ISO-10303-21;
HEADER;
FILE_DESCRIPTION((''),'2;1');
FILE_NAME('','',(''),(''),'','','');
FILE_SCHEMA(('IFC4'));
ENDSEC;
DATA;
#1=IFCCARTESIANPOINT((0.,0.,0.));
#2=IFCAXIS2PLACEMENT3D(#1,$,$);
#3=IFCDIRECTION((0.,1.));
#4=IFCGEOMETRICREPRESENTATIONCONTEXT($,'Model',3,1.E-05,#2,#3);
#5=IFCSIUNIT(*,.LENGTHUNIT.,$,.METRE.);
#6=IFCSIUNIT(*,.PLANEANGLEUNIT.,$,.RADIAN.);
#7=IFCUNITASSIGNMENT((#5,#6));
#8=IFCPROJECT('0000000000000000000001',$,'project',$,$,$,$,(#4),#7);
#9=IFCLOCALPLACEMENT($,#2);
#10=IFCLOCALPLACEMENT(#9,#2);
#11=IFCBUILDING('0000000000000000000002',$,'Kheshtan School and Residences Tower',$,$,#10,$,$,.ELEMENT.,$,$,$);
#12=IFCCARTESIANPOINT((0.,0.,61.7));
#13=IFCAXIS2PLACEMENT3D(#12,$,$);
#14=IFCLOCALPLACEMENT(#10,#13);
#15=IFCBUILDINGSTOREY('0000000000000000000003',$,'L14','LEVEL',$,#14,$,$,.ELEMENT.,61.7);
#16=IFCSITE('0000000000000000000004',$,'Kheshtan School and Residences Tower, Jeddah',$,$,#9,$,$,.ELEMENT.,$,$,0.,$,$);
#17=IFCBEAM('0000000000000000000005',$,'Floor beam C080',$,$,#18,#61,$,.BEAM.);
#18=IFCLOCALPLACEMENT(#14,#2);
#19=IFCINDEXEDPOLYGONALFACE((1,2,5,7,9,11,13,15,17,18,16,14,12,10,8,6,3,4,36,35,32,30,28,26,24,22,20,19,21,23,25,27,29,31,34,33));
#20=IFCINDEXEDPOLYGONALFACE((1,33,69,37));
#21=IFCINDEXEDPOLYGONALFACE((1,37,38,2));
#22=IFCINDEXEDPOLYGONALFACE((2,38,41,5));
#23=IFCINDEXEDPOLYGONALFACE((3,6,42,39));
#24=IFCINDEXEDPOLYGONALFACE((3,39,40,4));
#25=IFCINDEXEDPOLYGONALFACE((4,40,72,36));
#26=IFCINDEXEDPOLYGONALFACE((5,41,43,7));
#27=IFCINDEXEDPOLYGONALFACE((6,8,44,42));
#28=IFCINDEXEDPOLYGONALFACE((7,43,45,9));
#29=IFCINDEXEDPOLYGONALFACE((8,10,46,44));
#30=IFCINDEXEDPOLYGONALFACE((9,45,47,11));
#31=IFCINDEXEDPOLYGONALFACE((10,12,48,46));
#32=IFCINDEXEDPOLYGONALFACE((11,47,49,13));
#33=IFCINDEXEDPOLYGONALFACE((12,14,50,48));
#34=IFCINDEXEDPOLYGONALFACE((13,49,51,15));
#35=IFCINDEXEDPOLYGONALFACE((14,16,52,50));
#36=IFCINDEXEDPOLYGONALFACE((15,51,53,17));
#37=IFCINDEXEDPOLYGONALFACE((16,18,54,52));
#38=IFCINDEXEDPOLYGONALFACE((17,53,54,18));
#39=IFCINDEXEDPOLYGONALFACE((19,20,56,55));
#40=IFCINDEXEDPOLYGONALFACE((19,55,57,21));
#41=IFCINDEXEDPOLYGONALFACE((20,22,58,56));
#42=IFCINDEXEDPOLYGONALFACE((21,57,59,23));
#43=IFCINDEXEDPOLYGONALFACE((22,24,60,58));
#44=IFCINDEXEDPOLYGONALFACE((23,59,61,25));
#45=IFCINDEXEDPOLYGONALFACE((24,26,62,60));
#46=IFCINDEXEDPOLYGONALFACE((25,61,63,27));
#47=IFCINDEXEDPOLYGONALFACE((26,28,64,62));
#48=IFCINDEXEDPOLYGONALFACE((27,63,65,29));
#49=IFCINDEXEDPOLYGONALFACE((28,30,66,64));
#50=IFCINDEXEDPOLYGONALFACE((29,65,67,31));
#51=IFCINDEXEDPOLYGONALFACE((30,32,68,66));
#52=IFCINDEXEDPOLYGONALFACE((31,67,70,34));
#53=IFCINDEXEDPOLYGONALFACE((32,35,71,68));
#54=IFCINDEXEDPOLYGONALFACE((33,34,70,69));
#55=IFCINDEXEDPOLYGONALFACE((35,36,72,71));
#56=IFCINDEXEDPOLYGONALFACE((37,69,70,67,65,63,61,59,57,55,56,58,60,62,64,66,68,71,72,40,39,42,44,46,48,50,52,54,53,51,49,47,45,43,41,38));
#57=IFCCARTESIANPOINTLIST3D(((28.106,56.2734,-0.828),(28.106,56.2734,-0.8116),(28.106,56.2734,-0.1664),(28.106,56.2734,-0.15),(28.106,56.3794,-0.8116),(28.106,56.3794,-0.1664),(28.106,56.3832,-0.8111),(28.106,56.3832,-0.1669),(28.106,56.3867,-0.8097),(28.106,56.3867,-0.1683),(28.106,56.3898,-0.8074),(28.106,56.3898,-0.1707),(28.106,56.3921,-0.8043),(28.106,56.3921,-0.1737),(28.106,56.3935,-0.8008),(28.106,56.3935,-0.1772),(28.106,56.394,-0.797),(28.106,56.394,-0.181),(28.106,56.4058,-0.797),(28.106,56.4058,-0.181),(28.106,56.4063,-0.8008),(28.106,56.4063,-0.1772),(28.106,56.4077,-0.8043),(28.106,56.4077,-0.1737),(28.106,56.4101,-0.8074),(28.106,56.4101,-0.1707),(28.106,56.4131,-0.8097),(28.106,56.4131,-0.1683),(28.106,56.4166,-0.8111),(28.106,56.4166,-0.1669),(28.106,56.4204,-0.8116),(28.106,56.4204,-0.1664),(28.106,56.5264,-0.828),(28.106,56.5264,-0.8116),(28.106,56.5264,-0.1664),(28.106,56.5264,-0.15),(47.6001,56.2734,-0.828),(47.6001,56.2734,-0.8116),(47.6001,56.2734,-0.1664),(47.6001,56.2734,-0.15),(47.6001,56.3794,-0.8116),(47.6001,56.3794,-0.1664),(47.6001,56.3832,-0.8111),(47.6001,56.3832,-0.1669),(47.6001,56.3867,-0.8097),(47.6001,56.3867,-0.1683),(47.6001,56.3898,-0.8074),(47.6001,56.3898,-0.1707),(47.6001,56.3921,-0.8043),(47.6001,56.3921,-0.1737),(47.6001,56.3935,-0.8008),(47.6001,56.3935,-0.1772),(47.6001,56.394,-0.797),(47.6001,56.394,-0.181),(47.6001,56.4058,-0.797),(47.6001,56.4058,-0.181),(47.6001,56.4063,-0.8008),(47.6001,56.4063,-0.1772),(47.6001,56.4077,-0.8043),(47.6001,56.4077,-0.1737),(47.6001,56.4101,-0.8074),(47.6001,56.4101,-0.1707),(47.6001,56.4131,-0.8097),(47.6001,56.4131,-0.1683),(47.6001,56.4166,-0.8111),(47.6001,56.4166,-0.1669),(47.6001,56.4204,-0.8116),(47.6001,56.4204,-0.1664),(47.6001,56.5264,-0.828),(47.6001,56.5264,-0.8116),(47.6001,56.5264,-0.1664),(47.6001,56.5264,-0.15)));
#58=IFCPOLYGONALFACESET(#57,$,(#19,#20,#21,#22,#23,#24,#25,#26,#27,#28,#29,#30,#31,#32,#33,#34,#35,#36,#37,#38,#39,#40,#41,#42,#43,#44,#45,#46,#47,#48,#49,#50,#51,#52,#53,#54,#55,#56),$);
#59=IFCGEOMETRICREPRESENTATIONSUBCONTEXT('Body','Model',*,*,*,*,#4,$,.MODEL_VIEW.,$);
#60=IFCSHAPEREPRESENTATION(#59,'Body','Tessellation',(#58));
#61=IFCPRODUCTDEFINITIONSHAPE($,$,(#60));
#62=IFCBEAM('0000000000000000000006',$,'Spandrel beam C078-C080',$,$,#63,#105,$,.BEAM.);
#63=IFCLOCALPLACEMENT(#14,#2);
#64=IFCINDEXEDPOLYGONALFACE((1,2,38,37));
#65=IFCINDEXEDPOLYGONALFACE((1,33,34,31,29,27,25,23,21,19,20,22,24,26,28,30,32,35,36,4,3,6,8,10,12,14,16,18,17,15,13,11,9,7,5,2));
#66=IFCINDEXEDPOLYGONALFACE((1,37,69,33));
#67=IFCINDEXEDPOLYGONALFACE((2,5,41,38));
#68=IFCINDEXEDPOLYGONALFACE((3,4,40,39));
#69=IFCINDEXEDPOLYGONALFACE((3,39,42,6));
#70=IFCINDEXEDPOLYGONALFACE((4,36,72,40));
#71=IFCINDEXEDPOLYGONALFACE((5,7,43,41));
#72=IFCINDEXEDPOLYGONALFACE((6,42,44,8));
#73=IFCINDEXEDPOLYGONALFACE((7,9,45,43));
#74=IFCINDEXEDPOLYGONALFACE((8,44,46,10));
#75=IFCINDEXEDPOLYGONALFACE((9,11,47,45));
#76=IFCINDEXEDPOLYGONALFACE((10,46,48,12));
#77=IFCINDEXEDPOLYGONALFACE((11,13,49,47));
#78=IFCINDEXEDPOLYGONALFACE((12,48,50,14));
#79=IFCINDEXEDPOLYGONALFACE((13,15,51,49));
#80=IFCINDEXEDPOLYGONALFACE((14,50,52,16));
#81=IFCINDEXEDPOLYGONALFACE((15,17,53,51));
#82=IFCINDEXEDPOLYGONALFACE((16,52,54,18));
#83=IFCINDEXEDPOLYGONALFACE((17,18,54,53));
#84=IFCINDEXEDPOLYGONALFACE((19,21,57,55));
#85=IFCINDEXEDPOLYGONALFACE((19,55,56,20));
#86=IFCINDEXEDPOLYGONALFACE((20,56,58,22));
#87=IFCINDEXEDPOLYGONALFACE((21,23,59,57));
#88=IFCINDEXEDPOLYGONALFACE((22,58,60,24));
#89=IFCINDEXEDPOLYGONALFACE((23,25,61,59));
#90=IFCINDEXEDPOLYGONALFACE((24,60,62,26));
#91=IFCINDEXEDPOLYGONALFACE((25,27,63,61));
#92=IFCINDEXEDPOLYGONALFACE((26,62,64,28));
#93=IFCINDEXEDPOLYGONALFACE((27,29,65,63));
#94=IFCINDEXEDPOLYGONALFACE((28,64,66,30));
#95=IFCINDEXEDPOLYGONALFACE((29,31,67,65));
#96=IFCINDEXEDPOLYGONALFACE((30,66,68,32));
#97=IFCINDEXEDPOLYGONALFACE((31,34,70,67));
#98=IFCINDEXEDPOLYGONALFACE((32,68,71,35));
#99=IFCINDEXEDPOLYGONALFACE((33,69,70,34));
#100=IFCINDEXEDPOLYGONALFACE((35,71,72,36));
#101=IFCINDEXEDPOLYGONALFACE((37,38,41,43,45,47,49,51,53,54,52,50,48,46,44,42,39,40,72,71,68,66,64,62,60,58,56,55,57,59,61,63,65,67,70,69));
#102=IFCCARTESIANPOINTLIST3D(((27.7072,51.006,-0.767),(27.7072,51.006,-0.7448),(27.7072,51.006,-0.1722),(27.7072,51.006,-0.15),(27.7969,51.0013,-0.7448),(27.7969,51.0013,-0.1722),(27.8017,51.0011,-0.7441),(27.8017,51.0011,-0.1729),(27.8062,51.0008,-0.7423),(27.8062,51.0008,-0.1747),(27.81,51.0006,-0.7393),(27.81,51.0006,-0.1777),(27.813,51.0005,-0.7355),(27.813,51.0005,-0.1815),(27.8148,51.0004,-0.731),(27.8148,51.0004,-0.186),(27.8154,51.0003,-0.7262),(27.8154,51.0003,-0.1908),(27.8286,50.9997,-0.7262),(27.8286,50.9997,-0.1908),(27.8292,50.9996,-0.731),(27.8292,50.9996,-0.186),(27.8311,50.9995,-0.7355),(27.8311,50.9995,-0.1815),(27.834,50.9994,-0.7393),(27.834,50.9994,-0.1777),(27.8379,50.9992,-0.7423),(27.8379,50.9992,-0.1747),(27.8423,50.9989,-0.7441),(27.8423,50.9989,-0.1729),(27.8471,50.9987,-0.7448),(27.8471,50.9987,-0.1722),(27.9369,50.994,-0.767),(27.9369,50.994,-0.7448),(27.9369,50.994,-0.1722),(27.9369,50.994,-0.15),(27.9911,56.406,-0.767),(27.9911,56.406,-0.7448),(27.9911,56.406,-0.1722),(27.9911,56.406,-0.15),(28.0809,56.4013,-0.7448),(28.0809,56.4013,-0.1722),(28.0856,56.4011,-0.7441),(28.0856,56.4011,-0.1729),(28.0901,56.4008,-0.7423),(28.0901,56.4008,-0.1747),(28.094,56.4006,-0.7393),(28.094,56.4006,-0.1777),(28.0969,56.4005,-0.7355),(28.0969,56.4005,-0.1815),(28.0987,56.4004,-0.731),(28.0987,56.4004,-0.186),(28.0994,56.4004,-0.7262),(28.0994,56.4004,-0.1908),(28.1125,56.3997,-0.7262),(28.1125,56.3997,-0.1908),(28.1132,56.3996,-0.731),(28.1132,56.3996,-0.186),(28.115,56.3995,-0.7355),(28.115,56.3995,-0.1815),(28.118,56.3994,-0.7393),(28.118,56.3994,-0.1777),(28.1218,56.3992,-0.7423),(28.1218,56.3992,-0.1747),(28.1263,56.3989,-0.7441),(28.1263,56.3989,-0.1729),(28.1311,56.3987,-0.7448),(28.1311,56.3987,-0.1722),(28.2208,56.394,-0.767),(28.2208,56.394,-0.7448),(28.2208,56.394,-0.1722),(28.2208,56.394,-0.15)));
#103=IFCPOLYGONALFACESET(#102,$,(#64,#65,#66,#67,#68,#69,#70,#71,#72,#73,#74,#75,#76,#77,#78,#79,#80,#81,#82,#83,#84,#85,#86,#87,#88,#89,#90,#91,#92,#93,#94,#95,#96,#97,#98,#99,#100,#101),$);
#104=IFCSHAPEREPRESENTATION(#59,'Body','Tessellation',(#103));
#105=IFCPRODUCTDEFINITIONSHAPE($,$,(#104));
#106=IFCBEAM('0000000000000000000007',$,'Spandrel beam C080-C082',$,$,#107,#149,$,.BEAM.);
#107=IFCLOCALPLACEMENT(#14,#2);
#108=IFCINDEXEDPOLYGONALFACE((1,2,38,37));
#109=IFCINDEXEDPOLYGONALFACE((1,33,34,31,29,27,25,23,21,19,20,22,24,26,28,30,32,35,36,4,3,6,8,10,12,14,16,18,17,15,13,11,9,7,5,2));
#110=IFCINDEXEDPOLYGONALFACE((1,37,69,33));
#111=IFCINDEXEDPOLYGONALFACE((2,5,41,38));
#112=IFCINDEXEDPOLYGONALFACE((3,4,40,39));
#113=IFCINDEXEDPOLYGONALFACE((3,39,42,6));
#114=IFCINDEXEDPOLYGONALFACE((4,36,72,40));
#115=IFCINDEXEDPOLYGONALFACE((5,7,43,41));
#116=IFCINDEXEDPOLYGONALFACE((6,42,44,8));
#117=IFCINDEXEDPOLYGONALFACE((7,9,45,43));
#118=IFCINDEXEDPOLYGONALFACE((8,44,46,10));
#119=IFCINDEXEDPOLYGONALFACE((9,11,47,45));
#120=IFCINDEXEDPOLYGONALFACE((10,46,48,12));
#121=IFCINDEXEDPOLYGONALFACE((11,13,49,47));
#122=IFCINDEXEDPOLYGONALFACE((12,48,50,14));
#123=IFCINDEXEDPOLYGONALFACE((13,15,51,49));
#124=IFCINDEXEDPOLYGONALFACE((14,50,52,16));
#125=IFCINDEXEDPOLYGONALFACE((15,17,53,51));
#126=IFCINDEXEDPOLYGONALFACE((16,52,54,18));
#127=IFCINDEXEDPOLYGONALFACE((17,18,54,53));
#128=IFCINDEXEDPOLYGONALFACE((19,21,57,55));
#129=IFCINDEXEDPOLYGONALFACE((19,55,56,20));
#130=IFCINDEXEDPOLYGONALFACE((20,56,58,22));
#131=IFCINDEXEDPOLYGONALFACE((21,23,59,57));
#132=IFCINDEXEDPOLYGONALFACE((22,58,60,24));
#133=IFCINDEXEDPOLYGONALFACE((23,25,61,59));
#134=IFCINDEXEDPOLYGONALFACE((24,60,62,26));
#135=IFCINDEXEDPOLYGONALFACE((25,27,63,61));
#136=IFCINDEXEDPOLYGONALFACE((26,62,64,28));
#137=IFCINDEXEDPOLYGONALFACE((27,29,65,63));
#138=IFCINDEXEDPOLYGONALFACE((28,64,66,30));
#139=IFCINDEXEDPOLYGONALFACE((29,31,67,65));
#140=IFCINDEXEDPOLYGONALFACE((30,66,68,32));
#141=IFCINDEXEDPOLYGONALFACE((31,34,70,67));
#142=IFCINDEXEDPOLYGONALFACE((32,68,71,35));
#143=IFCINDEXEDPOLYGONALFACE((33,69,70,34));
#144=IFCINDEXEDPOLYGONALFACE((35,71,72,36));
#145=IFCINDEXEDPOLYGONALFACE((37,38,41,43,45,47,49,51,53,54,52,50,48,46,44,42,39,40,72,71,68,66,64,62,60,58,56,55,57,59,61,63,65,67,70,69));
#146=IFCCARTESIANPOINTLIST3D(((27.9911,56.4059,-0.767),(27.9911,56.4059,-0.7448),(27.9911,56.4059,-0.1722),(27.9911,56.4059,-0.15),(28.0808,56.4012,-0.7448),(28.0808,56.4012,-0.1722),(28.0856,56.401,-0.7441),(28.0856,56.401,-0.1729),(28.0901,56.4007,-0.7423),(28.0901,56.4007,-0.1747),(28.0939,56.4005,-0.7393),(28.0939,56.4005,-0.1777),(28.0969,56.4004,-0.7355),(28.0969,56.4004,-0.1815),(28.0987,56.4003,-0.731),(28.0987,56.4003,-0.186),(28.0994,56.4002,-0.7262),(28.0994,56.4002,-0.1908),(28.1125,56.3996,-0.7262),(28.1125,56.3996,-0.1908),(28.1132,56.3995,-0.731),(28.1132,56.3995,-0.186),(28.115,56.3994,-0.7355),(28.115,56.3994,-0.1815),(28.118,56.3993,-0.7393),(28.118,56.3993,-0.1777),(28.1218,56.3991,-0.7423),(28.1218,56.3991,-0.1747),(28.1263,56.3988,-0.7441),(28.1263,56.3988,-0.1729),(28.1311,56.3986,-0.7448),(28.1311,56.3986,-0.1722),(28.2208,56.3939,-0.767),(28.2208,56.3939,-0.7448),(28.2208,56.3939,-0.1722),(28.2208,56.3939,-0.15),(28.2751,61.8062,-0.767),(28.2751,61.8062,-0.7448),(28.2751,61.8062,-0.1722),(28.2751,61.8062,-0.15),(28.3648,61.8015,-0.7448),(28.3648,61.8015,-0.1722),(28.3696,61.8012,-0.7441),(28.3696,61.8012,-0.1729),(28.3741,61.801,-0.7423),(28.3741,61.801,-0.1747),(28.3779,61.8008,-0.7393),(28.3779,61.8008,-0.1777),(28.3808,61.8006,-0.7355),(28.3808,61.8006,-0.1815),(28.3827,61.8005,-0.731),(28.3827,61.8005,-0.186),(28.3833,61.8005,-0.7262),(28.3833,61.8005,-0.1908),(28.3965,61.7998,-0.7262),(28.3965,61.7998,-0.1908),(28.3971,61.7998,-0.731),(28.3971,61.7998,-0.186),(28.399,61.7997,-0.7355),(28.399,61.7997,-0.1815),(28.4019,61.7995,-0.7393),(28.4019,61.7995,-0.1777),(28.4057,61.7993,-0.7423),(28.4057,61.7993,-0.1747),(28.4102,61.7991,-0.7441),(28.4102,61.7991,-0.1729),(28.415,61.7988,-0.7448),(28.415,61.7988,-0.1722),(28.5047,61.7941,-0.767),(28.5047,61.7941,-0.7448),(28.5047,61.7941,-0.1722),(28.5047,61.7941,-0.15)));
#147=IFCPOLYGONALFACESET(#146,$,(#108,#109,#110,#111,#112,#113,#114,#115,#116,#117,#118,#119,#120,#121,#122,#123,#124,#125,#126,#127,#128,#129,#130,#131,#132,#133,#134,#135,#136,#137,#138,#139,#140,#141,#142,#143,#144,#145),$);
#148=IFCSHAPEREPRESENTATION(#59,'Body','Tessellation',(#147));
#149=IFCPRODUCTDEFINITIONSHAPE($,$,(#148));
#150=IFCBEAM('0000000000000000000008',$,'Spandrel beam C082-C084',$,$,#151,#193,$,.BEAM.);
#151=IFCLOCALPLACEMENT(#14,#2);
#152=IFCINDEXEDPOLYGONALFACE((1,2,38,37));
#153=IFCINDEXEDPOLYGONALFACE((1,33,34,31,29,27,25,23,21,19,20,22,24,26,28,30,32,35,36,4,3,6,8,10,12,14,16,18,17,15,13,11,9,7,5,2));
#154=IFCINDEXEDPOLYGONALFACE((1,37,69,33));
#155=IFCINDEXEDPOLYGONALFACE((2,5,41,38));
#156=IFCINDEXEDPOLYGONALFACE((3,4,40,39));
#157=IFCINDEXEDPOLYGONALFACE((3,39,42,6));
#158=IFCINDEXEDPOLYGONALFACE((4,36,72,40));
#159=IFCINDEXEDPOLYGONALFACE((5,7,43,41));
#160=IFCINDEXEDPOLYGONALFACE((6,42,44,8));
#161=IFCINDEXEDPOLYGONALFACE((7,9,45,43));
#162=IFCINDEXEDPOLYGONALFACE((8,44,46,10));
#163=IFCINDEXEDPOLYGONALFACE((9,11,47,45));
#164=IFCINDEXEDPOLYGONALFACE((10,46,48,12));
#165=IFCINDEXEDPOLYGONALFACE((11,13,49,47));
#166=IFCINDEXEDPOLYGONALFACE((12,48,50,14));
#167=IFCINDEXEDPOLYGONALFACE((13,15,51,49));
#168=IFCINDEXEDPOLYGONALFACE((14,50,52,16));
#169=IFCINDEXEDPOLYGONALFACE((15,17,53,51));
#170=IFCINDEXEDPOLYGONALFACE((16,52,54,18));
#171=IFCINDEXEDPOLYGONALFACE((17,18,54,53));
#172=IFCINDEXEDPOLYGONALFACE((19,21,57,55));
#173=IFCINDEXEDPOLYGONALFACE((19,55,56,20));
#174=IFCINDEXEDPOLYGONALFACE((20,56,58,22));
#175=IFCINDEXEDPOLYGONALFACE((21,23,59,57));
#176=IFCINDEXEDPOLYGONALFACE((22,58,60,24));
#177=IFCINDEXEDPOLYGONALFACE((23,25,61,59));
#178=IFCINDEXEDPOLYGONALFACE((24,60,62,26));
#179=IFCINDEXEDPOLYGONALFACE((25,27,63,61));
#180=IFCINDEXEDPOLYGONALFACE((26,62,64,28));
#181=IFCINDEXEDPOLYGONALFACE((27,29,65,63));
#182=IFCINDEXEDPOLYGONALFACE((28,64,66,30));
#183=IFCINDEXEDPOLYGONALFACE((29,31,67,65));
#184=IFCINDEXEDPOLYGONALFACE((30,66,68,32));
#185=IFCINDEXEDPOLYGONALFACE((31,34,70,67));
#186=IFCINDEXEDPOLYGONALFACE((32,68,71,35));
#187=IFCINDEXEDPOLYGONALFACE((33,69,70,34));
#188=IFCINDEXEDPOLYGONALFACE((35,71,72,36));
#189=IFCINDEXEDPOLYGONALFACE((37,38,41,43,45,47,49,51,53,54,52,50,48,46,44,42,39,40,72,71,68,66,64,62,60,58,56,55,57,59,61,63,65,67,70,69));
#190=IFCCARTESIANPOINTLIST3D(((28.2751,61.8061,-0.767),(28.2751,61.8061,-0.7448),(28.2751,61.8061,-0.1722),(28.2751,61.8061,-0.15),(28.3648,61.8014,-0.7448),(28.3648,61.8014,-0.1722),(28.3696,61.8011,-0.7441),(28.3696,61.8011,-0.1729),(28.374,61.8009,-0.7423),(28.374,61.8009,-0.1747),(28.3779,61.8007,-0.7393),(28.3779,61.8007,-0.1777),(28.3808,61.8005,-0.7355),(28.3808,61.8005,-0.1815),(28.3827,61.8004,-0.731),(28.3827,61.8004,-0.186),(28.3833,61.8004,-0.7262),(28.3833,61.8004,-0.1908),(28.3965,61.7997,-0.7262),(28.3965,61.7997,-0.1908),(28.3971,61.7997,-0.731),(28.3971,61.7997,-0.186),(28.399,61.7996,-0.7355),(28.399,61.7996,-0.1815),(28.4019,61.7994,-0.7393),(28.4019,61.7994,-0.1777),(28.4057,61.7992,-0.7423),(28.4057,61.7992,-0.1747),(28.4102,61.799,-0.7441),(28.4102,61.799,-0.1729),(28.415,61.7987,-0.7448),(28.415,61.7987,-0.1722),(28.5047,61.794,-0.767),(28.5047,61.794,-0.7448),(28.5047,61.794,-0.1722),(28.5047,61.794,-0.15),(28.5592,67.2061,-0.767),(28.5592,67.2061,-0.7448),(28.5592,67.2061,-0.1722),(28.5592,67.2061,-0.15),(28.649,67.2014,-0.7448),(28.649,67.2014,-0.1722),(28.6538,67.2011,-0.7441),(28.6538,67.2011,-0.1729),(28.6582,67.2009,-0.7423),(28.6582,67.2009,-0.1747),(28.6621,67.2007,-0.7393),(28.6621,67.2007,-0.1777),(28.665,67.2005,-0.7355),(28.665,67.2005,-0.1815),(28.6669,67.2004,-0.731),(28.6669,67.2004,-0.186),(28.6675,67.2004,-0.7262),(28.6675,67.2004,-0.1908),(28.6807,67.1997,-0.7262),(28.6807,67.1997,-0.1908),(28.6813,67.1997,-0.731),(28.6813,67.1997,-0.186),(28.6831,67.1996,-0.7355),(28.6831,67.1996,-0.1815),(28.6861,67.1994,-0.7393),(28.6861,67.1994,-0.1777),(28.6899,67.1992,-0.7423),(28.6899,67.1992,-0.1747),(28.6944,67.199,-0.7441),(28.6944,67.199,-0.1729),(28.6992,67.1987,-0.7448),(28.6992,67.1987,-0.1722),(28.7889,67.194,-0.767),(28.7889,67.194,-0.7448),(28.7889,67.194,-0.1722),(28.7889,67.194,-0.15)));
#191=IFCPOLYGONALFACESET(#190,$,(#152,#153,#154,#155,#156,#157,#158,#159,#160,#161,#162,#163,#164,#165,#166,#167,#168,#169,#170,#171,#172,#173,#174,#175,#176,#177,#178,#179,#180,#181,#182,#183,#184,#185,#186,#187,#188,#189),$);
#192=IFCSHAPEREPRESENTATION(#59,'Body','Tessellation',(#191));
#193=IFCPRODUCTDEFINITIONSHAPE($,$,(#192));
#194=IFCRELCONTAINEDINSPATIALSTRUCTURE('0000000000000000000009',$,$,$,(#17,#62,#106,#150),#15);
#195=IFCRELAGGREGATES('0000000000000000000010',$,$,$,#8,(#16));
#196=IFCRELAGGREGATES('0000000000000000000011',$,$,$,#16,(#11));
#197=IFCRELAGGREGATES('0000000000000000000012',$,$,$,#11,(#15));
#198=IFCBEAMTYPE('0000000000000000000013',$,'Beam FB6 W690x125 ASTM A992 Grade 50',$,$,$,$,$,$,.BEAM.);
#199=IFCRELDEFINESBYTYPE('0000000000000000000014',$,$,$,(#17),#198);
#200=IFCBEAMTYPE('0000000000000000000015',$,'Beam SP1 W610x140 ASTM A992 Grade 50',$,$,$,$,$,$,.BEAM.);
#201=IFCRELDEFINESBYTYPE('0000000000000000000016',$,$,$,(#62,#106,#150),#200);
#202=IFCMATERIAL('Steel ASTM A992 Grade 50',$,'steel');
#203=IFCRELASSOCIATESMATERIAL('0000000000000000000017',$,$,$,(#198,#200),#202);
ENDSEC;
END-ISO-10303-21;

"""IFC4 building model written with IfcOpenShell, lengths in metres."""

from ifc_helpers import new_model, si_unit, direction, frame, origin, origin_2d, place, context, subcontext, project, spatial, i_section, extrude, material, material_profile, profile_set, type_object, element, save


model = new_model("IFC4")

# Units and contexts
model_context = context("Model", 3, precision=1e-05, world=origin(), true_north=direction((0.0, 1.0)))
body_context = subcontext(model_context, "Body", "Model", "MODEL_VIEW")
ifc_project = project(units=[si_unit("LENGTHUNIT", "METRE"), si_unit("PLANEANGLEUNIT", "RADIAN")], contexts=[model_context])

# Site, building, storey
site_placement = place(None, origin())
site = spatial("IfcSite", under=ifc_project, at=site_placement, Name="Kheshtan School and Residences Tower, Jeddah", CompositionType="ELEMENT", RefElevation=0.0)
building_placement = place(site_placement, origin())
building = spatial("IfcBuilding", under=site, at=building_placement, Name="Kheshtan School and Residences Tower", CompositionType="ELEMENT")
storey_placement = place(building_placement, frame((0.0, 0.0, 61.7)))
storey = spatial("IfcBuildingStorey", under=building, at=storey_placement, Name="L14", Description="LEVEL", CompositionType="ELEMENT", Elevation=61.7)

# Shared definitions
ifc_material_1 = material(Name="Steel ASTM A992 Grade 50", Category="steel")

# Beams
ifc_material_profile_1 = material_profile(ifc_material_1, i_section(OverallWidth=0.2529, OverallDepth=0.678, WebThickness=0.0117, FlangeThickness=0.0164, FilletRadius=0.0146, at=origin_2d()), Name="W690x125")
ifc_profile_set_1 = profile_set([ifc_material_profile_1], Name="Steel ASTM A992 Grade 50")
beam_type_1 = type_object("IfcBeamType", Name="Beam FB6 W690x125 ASTM A992 Grade 50", PredefinedType="BEAM", material=ifc_profile_set_1)
beam_1_placement = place(storey_placement, frame((28.106, 56.3999, -0.489), z_axis=(1.0, 0.0, 0.0), x_axis=(0.0, 1.0, 0.0)))
element("IfcBeam", 1, at=beam_1_placement, inside=storey, type_object=beam_type_1, Name="Floor beam C080", PredefinedType="BEAM", context=body_context, shape_type="SweptSolid", body=[
    extrude(i_section(OverallWidth=0.2529, OverallDepth=0.678, WebThickness=0.0117, FlangeThickness=0.0164, FilletRadius=0.0146, at=origin_2d()), origin(), (0.0, 0.0, 1.0), 19.4941),
])
ifc_material_profile_2 = material_profile(ifc_material_1, i_section(OverallWidth=0.23, OverallDepth=0.6169, WebThickness=0.0132, FlangeThickness=0.0222, FilletRadius=0.0186, at=origin_2d()), Name="W610x140")
ifc_profile_set_2 = profile_set([ifc_material_profile_2], Name="Steel ASTM A992 Grade 50")
beam_type_2 = type_object("IfcBeamType", Name="Beam SP1 W610x140 ASTM A992 Grade 50", PredefinedType="BEAM", material=ifc_profile_set_2)
beam_2_placement = place(storey_placement, frame((27.822, 51.0, -0.4585), z_axis=(0.052509, 0.99862, 0.0), x_axis=(-0.99862, 0.052509, 0.0)))
element("IfcBeam", 2, at=beam_2_placement, inside=storey, type_object=beam_type_2, Name="Spandrel beam C078-C080", PredefinedType="BEAM", context=body_context, shape_type="SweptSolid", body=[
    extrude(i_section(OverallWidth=0.23, OverallDepth=0.6169, WebThickness=0.0132, FlangeThickness=0.0222, FilletRadius=0.0186, at=origin_2d()), origin(), (0.0, 0.0, 1.0), 5.4075),
])
beam_3_placement = place(storey_placement, frame((28.106, 56.3999, -0.4585), z_axis=(0.052507, 0.998621, 0.0), x_axis=(-0.998621, 0.052507, 0.0)))
element("IfcBeam", 3, at=beam_3_placement, inside=storey, type_object=beam_type_2, Name="Spandrel beam C080-C082", PredefinedType="BEAM", context=body_context, shape_type="SweptSolid", body=[
    extrude(i_section(OverallWidth=0.23, OverallDepth=0.6169, WebThickness=0.0132, FlangeThickness=0.0222, FilletRadius=0.0186, at=origin_2d()), origin(), (0.0, 0.0, 1.0), 5.4077),
])
beam_4_placement = place(storey_placement, frame((28.3899, 61.8, -0.4585), z_axis=(0.052554, 0.998618, 0.0), x_axis=(-0.998618, 0.052554, 0.0)))
element("IfcBeam", 4, at=beam_4_placement, inside=storey, type_object=beam_type_2, Name="Spandrel beam C082-C084", PredefinedType="BEAM", context=body_context, shape_type="SweptSolid", body=[
    extrude(i_section(OverallWidth=0.23, OverallDepth=0.6169, WebThickness=0.0132, FlangeThickness=0.0222, FilletRadius=0.0186, at=origin_2d()), origin(), (0.0, 0.0, 1.0), 5.4075),
])

save(model, "model.ifc")
